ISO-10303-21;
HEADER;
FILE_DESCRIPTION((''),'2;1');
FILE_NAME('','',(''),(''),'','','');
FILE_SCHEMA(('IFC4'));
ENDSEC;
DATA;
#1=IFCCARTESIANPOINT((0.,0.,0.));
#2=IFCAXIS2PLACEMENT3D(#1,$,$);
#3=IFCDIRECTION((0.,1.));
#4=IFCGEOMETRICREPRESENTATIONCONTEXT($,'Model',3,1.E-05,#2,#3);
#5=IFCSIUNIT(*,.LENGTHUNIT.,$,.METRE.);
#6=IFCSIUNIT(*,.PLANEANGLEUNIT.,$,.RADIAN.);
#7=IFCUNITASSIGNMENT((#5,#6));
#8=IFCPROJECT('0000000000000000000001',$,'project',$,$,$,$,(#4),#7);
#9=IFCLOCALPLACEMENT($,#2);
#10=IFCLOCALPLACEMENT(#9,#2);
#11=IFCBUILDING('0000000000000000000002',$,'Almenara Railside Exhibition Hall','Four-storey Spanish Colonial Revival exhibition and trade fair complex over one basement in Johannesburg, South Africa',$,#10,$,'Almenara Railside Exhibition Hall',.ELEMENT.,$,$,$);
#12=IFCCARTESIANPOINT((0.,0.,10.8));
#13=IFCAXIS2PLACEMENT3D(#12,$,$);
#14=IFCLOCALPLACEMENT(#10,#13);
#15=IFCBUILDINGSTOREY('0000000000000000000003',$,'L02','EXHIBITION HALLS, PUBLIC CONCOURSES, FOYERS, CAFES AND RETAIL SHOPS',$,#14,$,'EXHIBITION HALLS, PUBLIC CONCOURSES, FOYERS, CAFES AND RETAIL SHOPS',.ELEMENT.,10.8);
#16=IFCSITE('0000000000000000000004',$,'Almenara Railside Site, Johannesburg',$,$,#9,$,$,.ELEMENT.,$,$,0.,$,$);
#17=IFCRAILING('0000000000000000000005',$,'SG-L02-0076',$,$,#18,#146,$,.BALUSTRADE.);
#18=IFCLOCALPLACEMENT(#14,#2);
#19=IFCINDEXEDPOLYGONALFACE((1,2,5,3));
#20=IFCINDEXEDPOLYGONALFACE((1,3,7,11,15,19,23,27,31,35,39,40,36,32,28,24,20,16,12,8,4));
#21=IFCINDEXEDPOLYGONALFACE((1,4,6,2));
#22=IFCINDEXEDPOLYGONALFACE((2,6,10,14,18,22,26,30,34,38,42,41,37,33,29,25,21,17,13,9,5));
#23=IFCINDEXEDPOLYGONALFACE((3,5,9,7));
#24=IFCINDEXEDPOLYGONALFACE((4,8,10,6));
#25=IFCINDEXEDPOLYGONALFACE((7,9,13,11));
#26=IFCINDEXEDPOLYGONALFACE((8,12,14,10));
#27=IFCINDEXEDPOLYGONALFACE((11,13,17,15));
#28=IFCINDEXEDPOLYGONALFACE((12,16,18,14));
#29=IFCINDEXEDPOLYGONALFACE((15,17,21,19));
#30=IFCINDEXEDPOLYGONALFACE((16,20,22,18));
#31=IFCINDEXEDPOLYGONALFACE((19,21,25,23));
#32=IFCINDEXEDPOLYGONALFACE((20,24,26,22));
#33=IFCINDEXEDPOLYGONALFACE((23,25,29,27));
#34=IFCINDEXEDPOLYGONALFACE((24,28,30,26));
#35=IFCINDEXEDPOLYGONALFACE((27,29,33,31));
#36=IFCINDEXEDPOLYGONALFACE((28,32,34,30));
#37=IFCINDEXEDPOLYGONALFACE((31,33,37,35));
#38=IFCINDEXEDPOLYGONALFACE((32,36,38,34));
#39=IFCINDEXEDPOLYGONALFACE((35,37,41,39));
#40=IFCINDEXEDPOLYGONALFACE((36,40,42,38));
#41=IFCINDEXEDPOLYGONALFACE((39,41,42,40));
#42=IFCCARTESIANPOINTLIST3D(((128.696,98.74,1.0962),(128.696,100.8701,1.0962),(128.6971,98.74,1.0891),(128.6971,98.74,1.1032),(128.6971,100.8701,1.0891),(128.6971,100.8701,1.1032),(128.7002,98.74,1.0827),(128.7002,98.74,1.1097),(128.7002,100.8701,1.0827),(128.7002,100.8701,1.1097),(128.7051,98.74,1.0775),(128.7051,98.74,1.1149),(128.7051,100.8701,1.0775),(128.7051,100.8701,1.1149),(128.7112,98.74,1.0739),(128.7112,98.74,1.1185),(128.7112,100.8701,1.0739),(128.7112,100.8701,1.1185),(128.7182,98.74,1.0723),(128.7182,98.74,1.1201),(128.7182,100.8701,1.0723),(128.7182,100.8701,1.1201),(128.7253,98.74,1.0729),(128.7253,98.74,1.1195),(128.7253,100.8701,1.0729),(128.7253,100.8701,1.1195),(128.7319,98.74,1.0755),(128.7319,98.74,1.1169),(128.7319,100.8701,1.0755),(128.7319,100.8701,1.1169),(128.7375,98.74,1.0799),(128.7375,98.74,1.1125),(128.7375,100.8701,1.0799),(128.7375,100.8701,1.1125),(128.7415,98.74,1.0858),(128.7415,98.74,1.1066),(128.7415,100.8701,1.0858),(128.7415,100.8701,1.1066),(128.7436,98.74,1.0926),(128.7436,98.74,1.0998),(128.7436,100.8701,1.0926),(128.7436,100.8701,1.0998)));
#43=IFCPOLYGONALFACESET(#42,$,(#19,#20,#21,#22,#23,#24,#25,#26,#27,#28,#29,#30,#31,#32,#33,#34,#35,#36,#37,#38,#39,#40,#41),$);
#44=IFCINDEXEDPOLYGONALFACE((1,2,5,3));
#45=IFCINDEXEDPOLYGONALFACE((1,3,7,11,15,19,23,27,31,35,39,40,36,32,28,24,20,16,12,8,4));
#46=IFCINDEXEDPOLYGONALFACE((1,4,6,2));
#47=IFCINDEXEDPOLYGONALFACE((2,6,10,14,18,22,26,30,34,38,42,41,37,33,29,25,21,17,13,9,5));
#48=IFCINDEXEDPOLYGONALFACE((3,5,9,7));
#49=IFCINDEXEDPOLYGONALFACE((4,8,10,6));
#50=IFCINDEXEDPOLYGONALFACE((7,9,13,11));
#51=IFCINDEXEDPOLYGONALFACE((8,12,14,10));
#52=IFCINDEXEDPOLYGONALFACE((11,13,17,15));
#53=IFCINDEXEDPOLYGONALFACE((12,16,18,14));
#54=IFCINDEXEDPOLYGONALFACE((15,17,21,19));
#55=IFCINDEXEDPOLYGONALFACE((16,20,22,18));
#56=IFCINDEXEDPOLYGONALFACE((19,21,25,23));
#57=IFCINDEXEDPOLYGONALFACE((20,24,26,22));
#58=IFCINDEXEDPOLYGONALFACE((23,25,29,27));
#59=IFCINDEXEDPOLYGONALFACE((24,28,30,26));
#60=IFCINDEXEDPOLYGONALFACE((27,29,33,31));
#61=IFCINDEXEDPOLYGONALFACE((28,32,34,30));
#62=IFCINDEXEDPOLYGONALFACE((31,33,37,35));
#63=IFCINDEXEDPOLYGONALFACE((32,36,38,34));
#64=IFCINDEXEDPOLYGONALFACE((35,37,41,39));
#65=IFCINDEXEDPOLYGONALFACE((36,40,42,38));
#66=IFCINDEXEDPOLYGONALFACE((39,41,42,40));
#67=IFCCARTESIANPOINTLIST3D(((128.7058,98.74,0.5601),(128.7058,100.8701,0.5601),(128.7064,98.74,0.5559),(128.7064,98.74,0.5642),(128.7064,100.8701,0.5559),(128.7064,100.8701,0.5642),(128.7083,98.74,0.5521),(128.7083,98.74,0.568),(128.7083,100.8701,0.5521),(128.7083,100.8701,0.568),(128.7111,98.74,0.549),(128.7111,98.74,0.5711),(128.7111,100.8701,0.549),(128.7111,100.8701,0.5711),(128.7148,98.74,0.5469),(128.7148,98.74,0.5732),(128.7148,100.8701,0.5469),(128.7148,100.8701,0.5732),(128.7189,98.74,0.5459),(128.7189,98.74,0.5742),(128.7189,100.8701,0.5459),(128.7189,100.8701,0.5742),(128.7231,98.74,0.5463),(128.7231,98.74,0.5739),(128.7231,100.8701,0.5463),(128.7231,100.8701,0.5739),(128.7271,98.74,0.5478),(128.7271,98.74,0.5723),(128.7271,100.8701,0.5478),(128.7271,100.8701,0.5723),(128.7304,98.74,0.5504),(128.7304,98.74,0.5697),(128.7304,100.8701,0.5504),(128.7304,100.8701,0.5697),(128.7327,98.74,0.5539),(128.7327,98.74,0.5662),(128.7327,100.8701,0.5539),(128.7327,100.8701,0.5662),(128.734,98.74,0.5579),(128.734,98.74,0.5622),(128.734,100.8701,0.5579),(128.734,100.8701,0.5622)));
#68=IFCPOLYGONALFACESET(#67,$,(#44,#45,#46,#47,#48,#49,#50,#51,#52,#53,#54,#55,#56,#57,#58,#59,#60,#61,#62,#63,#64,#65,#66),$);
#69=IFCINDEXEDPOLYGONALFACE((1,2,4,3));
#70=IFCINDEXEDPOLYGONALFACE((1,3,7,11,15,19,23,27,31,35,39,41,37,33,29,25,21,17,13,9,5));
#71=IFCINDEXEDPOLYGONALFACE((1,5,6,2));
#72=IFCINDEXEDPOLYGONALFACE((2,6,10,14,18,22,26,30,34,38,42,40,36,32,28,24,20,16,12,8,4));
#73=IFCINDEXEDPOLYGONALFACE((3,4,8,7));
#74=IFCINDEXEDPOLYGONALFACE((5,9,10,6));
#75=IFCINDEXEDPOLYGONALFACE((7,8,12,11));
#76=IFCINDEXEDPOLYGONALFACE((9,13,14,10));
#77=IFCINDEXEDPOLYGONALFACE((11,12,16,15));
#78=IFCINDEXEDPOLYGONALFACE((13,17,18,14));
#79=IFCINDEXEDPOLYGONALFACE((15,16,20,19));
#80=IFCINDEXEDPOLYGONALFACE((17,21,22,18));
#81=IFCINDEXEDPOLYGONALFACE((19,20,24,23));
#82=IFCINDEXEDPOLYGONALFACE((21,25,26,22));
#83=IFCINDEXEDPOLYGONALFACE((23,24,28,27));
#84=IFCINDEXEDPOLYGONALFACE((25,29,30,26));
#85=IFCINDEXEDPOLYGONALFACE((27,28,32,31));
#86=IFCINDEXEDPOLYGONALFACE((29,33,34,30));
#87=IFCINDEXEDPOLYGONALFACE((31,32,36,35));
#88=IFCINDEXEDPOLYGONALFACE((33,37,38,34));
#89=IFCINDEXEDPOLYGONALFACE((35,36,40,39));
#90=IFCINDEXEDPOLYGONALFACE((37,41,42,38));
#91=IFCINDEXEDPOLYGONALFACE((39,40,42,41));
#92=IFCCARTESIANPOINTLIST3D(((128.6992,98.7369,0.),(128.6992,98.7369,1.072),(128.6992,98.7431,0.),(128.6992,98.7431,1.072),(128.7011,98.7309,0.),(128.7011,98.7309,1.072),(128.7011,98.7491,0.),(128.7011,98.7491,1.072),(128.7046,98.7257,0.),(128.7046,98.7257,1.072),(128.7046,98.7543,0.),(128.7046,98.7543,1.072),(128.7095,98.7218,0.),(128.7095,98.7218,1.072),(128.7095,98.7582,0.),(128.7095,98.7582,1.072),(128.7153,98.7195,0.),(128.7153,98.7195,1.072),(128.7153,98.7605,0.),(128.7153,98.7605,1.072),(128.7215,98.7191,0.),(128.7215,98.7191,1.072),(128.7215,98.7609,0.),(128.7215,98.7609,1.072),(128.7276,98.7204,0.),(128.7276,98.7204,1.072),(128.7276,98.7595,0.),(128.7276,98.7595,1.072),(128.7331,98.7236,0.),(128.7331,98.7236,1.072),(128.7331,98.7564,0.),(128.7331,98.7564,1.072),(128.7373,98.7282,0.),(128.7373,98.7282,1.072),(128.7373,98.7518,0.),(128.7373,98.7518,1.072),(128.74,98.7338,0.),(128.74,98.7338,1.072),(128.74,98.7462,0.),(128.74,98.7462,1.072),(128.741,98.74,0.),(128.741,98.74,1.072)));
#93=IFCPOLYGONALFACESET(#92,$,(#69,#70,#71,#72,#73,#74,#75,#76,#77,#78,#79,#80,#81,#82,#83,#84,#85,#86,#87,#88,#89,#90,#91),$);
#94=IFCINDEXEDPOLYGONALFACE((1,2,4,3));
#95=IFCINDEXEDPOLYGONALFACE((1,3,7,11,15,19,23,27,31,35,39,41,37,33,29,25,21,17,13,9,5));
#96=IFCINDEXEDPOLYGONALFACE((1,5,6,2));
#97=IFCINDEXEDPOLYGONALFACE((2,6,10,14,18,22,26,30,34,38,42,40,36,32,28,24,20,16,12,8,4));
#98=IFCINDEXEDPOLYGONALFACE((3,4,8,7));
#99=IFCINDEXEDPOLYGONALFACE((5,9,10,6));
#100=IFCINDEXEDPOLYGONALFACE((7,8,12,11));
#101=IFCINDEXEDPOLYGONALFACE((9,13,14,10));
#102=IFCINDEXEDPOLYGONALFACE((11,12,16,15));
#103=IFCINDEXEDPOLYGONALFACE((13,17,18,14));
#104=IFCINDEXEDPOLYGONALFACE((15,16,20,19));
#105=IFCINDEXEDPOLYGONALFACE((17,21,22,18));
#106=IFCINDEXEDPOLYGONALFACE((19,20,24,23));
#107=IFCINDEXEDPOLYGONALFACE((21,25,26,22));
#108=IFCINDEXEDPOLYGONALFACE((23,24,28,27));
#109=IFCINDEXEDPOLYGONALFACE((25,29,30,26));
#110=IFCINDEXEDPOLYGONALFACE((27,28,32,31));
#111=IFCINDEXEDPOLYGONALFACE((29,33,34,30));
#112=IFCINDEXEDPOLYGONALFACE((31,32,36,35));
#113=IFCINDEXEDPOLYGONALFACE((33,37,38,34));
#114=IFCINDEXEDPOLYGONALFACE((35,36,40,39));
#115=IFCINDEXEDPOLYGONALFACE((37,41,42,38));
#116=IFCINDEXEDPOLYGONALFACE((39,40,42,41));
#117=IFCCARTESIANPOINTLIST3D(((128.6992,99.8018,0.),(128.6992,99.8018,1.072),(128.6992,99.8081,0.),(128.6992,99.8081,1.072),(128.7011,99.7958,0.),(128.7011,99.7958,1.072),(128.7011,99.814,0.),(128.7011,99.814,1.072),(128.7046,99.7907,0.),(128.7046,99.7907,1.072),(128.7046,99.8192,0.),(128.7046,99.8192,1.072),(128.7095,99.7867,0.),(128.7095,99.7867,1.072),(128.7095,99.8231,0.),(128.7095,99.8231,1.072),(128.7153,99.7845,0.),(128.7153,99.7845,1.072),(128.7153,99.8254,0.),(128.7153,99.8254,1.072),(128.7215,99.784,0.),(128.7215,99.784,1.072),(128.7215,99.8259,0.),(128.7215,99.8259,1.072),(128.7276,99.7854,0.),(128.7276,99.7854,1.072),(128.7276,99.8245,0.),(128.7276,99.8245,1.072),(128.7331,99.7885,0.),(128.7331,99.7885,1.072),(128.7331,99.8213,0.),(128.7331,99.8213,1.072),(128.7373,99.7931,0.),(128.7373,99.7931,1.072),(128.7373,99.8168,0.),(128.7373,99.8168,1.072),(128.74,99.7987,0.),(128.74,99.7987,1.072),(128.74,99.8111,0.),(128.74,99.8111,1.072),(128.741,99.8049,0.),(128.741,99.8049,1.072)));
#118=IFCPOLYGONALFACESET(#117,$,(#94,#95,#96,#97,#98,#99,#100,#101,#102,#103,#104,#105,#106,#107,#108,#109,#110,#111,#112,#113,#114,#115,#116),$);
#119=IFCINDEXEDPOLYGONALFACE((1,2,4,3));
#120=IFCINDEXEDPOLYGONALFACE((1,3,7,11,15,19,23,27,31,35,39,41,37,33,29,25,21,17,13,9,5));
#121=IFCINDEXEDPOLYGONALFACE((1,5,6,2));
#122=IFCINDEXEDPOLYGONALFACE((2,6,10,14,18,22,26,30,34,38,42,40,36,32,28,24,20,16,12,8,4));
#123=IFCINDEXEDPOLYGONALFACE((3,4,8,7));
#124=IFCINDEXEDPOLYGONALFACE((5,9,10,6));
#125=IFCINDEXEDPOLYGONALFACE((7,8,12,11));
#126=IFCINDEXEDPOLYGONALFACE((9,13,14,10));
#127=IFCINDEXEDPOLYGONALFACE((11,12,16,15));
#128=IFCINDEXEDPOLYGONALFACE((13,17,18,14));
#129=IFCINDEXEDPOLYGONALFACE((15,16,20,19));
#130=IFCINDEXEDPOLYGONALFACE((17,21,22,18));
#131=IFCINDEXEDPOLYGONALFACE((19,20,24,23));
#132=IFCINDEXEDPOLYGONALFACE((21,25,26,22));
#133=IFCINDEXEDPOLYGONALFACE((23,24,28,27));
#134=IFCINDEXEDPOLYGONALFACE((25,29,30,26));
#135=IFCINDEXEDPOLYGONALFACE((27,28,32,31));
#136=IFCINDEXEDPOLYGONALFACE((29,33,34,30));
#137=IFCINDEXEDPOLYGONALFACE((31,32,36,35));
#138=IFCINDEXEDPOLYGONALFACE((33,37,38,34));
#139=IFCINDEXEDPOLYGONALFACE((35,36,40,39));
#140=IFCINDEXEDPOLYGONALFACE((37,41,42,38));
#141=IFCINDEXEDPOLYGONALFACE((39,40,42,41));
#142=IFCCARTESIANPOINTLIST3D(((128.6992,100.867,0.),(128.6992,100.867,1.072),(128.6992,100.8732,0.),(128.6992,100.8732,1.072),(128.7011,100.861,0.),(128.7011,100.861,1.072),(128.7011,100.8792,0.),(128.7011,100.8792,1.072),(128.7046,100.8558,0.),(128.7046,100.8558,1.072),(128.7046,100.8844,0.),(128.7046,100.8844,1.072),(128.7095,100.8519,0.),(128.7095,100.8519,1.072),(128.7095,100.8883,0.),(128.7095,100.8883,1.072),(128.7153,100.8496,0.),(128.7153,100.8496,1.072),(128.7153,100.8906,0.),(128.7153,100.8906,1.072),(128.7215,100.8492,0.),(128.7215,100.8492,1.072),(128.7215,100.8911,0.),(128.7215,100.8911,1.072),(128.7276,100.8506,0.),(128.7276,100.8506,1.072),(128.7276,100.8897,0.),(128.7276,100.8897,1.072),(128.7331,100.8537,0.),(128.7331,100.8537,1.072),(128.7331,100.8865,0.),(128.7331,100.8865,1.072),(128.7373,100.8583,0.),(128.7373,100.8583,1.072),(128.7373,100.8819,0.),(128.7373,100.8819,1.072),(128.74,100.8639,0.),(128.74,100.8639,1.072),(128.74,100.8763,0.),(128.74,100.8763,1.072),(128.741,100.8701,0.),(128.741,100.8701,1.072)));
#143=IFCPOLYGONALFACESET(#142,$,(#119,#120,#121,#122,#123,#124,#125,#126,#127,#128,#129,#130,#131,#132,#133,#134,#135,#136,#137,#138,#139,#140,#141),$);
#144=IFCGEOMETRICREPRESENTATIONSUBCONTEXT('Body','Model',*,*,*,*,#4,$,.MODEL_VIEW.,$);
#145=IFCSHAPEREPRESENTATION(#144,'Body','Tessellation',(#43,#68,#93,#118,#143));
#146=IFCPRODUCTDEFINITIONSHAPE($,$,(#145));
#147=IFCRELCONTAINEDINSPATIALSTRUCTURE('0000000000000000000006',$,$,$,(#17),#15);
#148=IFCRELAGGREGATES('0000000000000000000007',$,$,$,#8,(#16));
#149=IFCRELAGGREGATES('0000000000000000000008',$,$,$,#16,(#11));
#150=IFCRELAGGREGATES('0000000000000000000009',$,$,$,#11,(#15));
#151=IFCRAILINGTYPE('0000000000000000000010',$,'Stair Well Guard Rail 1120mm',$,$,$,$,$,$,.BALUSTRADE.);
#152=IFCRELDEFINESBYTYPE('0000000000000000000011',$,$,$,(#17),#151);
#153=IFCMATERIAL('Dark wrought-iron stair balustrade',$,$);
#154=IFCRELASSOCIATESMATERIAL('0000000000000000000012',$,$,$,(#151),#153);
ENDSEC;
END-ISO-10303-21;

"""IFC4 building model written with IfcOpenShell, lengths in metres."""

from ifc_helpers import new_model, si_unit, direction, frame, origin, origin_2d, place, context, subcontext, project, spatial, circle, extrude, material, type_object, element, save


model = new_model("IFC4")

# Units and contexts
model_context = context("Model", 3, precision=1e-05, world=origin(), true_north=direction((0.0, 1.0)))
body_context = subcontext(model_context, "Body", "Model", "MODEL_VIEW")
ifc_project = project(units=[si_unit("LENGTHUNIT", "METRE"), si_unit("PLANEANGLEUNIT", "RADIAN")], contexts=[model_context])

# Site, building, storey
site_placement = place(None, origin())
site = spatial("IfcSite", under=ifc_project, at=site_placement, Name="Almenara Railside Site, Johannesburg", CompositionType="ELEMENT", RefElevation=0.0)
building_placement = place(site_placement, origin())
building = spatial("IfcBuilding", under=site, at=building_placement, Name="Almenara Railside Exhibition Hall", Description="Four-storey Spanish Colonial Revival exhibition and trade fair complex over one basement in Johannesburg, South Africa", LongName="Almenara Railside Exhibition Hall", CompositionType="ELEMENT")
storey_placement = place(building_placement, frame((0.0, 0.0, 10.8)))
storey = spatial("IfcBuildingStorey", under=building, at=storey_placement, Name="L02", Description="EXHIBITION HALLS, PUBLIC CONCOURSES, FOYERS, CAFES AND RETAIL SHOPS", LongName="EXHIBITION HALLS, PUBLIC CONCOURSES, FOYERS, CAFES AND RETAIL SHOPS", CompositionType="ELEMENT", Elevation=10.8)

# Railing
ifc_material_1 = material(Name="Dark wrought-iron stair balustrade")
railing_type_1 = type_object("IfcRailingType", Name="Stair Well Guard Rail 1120mm", PredefinedType="BALUSTRADE", material=ifc_material_1)
railing_1_placement = place(storey_placement, frame((128.72, 98.74, 0.0)))
element("IfcRailing", 1, at=railing_1_placement, inside=storey, type_object=railing_type_1, Name="SG-L02-0076", PredefinedType="BALUSTRADE", context=body_context, shape_type="SweptSolid", body=[
    extrude(circle(Radius=0.0239, at=origin_2d()), frame((0.0, 0.0, 1.0962), z_axis=(0.0, 1.0, 0.0), x_axis=(-1.0, 0.0, 0.0)), (0.0, 0.0, 1.0), 2.1301),
    extrude(circle(Radius=0.0142, at=origin_2d()), frame((0.0, 0.0, 0.5601), z_axis=(0.0, 1.0, 0.0), x_axis=(-1.0, 0.0, 0.0)), (0.0, 0.0, 1.0), 2.1301),
    extrude(circle(Radius=0.021, at=origin_2d()), origin(), (0.0, 0.0, 1.0), 1.072),
    extrude(circle(Radius=0.021, at=origin_2d()), frame((0.0, 1.0649, 0.0)), (0.0, 0.0, 1.0), 1.072),
    extrude(circle(Radius=0.021, at=origin_2d()), frame((0.0, 2.1301, 0.0)), (0.0, 0.0, 1.0), 1.072),
])

save(model, "model.ifc")
